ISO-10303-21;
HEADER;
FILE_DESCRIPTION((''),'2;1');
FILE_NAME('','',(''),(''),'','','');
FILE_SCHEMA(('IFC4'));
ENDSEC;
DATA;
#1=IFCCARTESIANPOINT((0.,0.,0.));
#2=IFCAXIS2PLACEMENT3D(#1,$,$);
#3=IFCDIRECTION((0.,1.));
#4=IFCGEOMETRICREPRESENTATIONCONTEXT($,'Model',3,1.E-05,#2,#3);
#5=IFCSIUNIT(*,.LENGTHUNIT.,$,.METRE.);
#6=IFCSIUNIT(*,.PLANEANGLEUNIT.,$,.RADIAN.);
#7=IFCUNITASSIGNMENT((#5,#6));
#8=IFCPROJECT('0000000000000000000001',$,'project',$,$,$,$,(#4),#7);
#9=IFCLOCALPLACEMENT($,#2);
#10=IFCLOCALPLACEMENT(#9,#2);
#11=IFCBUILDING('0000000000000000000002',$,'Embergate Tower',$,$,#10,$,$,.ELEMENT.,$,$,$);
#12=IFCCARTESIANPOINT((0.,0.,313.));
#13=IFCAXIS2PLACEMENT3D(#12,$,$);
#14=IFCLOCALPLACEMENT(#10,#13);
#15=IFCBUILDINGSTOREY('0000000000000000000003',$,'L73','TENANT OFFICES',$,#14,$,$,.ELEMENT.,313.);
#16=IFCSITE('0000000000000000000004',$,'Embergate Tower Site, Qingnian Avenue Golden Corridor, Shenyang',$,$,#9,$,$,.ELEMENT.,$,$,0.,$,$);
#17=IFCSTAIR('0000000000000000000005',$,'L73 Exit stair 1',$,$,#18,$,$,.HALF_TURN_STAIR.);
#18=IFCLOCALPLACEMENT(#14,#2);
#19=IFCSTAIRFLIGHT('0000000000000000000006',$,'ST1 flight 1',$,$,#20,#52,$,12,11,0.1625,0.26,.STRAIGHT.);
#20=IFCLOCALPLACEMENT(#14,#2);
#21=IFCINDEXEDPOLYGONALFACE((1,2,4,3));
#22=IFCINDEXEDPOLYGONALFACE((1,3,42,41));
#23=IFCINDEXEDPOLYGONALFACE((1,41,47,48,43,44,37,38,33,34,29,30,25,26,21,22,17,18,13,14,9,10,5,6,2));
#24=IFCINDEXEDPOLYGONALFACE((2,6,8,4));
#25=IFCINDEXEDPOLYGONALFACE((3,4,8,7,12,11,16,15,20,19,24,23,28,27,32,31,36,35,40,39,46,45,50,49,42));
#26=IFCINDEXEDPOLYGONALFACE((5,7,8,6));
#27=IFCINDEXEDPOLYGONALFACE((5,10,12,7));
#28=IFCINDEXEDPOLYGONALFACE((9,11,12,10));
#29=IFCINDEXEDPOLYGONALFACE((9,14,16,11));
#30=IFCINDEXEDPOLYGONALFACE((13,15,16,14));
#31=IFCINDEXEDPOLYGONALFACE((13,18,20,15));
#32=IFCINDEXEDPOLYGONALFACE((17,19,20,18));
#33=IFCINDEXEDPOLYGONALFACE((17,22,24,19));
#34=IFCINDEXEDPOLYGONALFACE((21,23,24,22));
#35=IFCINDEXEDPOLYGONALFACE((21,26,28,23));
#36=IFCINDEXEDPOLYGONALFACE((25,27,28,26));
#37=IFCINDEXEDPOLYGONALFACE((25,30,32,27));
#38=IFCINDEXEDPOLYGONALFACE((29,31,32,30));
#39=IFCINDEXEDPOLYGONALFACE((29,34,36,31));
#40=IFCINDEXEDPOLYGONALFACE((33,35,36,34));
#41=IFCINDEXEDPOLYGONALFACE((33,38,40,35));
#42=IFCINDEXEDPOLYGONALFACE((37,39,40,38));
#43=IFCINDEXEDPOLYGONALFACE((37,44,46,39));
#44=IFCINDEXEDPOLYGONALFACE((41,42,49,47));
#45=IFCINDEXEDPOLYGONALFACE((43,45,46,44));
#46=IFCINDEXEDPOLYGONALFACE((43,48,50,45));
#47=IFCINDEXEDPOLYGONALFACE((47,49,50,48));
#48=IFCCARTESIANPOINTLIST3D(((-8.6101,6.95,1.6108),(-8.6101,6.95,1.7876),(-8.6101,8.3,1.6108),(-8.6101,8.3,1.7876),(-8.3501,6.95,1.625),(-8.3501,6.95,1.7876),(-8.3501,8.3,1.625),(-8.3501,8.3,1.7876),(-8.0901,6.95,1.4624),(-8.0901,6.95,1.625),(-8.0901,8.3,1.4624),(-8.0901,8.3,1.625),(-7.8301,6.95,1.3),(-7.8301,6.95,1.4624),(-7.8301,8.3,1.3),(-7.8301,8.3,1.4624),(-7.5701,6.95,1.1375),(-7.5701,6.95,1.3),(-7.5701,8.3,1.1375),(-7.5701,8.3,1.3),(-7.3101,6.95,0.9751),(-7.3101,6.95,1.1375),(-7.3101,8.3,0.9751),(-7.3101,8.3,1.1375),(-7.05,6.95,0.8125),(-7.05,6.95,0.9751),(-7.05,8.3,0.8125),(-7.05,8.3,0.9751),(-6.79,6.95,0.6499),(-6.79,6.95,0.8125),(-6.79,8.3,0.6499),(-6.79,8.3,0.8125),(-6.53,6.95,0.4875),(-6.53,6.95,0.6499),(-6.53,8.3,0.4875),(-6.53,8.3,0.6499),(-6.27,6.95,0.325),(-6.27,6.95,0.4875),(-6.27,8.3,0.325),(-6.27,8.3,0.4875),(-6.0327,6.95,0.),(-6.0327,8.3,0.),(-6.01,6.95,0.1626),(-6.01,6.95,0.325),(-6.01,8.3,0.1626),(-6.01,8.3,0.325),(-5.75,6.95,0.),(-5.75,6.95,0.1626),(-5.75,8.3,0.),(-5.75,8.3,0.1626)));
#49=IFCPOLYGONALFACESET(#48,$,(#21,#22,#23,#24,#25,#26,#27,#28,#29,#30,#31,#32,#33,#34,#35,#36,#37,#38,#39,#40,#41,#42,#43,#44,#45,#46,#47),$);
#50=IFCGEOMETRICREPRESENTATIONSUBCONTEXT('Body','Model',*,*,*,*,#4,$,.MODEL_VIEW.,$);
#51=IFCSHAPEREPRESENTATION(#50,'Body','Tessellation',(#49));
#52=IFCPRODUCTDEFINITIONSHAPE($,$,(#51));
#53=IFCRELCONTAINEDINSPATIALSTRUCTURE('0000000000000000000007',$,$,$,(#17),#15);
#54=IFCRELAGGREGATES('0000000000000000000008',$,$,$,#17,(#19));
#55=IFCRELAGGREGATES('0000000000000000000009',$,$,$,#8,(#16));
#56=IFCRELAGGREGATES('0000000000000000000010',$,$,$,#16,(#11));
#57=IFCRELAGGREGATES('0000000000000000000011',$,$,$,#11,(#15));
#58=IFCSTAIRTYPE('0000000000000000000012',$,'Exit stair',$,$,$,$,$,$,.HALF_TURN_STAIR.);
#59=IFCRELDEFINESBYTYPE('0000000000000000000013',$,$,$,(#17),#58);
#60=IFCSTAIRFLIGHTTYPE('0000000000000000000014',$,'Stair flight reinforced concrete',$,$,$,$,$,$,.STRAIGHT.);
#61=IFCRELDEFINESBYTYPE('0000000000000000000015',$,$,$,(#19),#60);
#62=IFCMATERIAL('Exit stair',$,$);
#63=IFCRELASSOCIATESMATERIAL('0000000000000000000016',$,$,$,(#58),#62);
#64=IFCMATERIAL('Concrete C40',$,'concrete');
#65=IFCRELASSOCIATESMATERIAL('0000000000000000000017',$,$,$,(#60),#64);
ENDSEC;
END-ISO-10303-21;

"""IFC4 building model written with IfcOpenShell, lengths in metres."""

from ifc_helpers import new_model, si_unit, direction, frame, origin, place, context, subcontext, project, spatial, polyline, outline, extrude, source, transform, mapped, material, type_object, element, aggregate, save


model = new_model("IFC4")

# Units and contexts
model_context = context("Model", 3, precision=1e-05, world=origin(), true_north=direction((0.0, 1.0)))
body_context = subcontext(model_context, "Body", "Model", "MODEL_VIEW")
ifc_project = project(units=[si_unit("LENGTHUNIT", "METRE"), si_unit("PLANEANGLEUNIT", "RADIAN")], contexts=[model_context])

# Site, building, storey
site_placement = place(None, origin())
site = spatial("IfcSite", under=ifc_project, at=site_placement, Name="Embergate Tower Site, Qingnian Avenue Golden Corridor, Shenyang", CompositionType="ELEMENT", RefElevation=0.0)
building_placement = place(site_placement, origin())
building = spatial("IfcBuilding", under=site, at=building_placement, Name="Embergate Tower", CompositionType="ELEMENT")
storey_placement = place(building_placement, frame((0.0, 0.0, 313.0)))
storey = spatial("IfcBuildingStorey", under=building, at=storey_placement, Name="L73", Description="TENANT OFFICES", CompositionType="ELEMENT", Elevation=313.0)

# Stair, stair flight
ifc_material_1 = material(Name="Exit stair")
stair_type = type_object("IfcStairType", Name="Exit stair", PredefinedType="HALF_TURN_STAIR", material=ifc_material_1)
stair_placement = place(storey_placement, origin())
stair = element("IfcStair", 1, at=stair_placement, inside=storey, type_object=stair_type, Name="L73 Exit stair 1", PredefinedType="HALF_TURN_STAIR")
ifc_material_2 = material(Name="Concrete C40", Category="concrete")
stair_flight_type = type_object("IfcStairFlightType", Name="Stair flight reinforced concrete", PredefinedType="STRAIGHT", material=ifc_material_2)
shared_shape_1 = source(origin(), body_context, "Body", "SweptSolid", [
    extrude(outline(polyline([(0.0, 0.0), (0.0, 0.1626), (0.26, 0.1626), (0.26, 0.325), (0.52, 0.325), (0.52, 0.4875), (0.78, 0.4875), (0.78, 0.6499), (1.04, 0.6499), (1.04, 0.8125), (1.3, 0.8125), (1.3, 0.9751), (1.5601, 0.9751), (1.5601, 1.1375), (1.8201, 1.1375), (1.8201, 1.3), (2.0801, 1.3), (2.0801, 1.4624), (2.3401, 1.4624), (2.3401, 1.625), (2.6001, 1.625), (2.6001, 1.7876), (2.8601, 1.7876), (2.8601, 1.95), (2.8601, 1.6108), (0.2827, 0.0), (0.0, 0.0)])), frame((0.0, 0.675, 0.0), z_axis=(0.0, -1.0, 0.0), x_axis=(1.0, 0.0, 0.0)), (0.0, 0.0, 1.0), 1.3501),
])
stair_flight_placement = place(storey_placement, frame((-5.75, 7.625, 0.0), z_axis=(0.0, 0.0, 1.0), x_axis=(-1.0, 0.0, 0.0)))
stair_flight = element("IfcStairFlight", 2, at=stair_flight_placement, type_object=stair_flight_type, Name="ST1 flight 1", NumberOfRisers=12, NumberOfTreads=11, PredefinedType="STRAIGHT", RiserHeight=0.1625, TreadLength=0.26, context=body_context, shape_type="MappedRepresentation", body=[
    mapped(shared_shape_1, transform((0.0, 0.0, 0.0))),
])
aggregate(stair, [stair_flight])

save(model, "model.ifc")
